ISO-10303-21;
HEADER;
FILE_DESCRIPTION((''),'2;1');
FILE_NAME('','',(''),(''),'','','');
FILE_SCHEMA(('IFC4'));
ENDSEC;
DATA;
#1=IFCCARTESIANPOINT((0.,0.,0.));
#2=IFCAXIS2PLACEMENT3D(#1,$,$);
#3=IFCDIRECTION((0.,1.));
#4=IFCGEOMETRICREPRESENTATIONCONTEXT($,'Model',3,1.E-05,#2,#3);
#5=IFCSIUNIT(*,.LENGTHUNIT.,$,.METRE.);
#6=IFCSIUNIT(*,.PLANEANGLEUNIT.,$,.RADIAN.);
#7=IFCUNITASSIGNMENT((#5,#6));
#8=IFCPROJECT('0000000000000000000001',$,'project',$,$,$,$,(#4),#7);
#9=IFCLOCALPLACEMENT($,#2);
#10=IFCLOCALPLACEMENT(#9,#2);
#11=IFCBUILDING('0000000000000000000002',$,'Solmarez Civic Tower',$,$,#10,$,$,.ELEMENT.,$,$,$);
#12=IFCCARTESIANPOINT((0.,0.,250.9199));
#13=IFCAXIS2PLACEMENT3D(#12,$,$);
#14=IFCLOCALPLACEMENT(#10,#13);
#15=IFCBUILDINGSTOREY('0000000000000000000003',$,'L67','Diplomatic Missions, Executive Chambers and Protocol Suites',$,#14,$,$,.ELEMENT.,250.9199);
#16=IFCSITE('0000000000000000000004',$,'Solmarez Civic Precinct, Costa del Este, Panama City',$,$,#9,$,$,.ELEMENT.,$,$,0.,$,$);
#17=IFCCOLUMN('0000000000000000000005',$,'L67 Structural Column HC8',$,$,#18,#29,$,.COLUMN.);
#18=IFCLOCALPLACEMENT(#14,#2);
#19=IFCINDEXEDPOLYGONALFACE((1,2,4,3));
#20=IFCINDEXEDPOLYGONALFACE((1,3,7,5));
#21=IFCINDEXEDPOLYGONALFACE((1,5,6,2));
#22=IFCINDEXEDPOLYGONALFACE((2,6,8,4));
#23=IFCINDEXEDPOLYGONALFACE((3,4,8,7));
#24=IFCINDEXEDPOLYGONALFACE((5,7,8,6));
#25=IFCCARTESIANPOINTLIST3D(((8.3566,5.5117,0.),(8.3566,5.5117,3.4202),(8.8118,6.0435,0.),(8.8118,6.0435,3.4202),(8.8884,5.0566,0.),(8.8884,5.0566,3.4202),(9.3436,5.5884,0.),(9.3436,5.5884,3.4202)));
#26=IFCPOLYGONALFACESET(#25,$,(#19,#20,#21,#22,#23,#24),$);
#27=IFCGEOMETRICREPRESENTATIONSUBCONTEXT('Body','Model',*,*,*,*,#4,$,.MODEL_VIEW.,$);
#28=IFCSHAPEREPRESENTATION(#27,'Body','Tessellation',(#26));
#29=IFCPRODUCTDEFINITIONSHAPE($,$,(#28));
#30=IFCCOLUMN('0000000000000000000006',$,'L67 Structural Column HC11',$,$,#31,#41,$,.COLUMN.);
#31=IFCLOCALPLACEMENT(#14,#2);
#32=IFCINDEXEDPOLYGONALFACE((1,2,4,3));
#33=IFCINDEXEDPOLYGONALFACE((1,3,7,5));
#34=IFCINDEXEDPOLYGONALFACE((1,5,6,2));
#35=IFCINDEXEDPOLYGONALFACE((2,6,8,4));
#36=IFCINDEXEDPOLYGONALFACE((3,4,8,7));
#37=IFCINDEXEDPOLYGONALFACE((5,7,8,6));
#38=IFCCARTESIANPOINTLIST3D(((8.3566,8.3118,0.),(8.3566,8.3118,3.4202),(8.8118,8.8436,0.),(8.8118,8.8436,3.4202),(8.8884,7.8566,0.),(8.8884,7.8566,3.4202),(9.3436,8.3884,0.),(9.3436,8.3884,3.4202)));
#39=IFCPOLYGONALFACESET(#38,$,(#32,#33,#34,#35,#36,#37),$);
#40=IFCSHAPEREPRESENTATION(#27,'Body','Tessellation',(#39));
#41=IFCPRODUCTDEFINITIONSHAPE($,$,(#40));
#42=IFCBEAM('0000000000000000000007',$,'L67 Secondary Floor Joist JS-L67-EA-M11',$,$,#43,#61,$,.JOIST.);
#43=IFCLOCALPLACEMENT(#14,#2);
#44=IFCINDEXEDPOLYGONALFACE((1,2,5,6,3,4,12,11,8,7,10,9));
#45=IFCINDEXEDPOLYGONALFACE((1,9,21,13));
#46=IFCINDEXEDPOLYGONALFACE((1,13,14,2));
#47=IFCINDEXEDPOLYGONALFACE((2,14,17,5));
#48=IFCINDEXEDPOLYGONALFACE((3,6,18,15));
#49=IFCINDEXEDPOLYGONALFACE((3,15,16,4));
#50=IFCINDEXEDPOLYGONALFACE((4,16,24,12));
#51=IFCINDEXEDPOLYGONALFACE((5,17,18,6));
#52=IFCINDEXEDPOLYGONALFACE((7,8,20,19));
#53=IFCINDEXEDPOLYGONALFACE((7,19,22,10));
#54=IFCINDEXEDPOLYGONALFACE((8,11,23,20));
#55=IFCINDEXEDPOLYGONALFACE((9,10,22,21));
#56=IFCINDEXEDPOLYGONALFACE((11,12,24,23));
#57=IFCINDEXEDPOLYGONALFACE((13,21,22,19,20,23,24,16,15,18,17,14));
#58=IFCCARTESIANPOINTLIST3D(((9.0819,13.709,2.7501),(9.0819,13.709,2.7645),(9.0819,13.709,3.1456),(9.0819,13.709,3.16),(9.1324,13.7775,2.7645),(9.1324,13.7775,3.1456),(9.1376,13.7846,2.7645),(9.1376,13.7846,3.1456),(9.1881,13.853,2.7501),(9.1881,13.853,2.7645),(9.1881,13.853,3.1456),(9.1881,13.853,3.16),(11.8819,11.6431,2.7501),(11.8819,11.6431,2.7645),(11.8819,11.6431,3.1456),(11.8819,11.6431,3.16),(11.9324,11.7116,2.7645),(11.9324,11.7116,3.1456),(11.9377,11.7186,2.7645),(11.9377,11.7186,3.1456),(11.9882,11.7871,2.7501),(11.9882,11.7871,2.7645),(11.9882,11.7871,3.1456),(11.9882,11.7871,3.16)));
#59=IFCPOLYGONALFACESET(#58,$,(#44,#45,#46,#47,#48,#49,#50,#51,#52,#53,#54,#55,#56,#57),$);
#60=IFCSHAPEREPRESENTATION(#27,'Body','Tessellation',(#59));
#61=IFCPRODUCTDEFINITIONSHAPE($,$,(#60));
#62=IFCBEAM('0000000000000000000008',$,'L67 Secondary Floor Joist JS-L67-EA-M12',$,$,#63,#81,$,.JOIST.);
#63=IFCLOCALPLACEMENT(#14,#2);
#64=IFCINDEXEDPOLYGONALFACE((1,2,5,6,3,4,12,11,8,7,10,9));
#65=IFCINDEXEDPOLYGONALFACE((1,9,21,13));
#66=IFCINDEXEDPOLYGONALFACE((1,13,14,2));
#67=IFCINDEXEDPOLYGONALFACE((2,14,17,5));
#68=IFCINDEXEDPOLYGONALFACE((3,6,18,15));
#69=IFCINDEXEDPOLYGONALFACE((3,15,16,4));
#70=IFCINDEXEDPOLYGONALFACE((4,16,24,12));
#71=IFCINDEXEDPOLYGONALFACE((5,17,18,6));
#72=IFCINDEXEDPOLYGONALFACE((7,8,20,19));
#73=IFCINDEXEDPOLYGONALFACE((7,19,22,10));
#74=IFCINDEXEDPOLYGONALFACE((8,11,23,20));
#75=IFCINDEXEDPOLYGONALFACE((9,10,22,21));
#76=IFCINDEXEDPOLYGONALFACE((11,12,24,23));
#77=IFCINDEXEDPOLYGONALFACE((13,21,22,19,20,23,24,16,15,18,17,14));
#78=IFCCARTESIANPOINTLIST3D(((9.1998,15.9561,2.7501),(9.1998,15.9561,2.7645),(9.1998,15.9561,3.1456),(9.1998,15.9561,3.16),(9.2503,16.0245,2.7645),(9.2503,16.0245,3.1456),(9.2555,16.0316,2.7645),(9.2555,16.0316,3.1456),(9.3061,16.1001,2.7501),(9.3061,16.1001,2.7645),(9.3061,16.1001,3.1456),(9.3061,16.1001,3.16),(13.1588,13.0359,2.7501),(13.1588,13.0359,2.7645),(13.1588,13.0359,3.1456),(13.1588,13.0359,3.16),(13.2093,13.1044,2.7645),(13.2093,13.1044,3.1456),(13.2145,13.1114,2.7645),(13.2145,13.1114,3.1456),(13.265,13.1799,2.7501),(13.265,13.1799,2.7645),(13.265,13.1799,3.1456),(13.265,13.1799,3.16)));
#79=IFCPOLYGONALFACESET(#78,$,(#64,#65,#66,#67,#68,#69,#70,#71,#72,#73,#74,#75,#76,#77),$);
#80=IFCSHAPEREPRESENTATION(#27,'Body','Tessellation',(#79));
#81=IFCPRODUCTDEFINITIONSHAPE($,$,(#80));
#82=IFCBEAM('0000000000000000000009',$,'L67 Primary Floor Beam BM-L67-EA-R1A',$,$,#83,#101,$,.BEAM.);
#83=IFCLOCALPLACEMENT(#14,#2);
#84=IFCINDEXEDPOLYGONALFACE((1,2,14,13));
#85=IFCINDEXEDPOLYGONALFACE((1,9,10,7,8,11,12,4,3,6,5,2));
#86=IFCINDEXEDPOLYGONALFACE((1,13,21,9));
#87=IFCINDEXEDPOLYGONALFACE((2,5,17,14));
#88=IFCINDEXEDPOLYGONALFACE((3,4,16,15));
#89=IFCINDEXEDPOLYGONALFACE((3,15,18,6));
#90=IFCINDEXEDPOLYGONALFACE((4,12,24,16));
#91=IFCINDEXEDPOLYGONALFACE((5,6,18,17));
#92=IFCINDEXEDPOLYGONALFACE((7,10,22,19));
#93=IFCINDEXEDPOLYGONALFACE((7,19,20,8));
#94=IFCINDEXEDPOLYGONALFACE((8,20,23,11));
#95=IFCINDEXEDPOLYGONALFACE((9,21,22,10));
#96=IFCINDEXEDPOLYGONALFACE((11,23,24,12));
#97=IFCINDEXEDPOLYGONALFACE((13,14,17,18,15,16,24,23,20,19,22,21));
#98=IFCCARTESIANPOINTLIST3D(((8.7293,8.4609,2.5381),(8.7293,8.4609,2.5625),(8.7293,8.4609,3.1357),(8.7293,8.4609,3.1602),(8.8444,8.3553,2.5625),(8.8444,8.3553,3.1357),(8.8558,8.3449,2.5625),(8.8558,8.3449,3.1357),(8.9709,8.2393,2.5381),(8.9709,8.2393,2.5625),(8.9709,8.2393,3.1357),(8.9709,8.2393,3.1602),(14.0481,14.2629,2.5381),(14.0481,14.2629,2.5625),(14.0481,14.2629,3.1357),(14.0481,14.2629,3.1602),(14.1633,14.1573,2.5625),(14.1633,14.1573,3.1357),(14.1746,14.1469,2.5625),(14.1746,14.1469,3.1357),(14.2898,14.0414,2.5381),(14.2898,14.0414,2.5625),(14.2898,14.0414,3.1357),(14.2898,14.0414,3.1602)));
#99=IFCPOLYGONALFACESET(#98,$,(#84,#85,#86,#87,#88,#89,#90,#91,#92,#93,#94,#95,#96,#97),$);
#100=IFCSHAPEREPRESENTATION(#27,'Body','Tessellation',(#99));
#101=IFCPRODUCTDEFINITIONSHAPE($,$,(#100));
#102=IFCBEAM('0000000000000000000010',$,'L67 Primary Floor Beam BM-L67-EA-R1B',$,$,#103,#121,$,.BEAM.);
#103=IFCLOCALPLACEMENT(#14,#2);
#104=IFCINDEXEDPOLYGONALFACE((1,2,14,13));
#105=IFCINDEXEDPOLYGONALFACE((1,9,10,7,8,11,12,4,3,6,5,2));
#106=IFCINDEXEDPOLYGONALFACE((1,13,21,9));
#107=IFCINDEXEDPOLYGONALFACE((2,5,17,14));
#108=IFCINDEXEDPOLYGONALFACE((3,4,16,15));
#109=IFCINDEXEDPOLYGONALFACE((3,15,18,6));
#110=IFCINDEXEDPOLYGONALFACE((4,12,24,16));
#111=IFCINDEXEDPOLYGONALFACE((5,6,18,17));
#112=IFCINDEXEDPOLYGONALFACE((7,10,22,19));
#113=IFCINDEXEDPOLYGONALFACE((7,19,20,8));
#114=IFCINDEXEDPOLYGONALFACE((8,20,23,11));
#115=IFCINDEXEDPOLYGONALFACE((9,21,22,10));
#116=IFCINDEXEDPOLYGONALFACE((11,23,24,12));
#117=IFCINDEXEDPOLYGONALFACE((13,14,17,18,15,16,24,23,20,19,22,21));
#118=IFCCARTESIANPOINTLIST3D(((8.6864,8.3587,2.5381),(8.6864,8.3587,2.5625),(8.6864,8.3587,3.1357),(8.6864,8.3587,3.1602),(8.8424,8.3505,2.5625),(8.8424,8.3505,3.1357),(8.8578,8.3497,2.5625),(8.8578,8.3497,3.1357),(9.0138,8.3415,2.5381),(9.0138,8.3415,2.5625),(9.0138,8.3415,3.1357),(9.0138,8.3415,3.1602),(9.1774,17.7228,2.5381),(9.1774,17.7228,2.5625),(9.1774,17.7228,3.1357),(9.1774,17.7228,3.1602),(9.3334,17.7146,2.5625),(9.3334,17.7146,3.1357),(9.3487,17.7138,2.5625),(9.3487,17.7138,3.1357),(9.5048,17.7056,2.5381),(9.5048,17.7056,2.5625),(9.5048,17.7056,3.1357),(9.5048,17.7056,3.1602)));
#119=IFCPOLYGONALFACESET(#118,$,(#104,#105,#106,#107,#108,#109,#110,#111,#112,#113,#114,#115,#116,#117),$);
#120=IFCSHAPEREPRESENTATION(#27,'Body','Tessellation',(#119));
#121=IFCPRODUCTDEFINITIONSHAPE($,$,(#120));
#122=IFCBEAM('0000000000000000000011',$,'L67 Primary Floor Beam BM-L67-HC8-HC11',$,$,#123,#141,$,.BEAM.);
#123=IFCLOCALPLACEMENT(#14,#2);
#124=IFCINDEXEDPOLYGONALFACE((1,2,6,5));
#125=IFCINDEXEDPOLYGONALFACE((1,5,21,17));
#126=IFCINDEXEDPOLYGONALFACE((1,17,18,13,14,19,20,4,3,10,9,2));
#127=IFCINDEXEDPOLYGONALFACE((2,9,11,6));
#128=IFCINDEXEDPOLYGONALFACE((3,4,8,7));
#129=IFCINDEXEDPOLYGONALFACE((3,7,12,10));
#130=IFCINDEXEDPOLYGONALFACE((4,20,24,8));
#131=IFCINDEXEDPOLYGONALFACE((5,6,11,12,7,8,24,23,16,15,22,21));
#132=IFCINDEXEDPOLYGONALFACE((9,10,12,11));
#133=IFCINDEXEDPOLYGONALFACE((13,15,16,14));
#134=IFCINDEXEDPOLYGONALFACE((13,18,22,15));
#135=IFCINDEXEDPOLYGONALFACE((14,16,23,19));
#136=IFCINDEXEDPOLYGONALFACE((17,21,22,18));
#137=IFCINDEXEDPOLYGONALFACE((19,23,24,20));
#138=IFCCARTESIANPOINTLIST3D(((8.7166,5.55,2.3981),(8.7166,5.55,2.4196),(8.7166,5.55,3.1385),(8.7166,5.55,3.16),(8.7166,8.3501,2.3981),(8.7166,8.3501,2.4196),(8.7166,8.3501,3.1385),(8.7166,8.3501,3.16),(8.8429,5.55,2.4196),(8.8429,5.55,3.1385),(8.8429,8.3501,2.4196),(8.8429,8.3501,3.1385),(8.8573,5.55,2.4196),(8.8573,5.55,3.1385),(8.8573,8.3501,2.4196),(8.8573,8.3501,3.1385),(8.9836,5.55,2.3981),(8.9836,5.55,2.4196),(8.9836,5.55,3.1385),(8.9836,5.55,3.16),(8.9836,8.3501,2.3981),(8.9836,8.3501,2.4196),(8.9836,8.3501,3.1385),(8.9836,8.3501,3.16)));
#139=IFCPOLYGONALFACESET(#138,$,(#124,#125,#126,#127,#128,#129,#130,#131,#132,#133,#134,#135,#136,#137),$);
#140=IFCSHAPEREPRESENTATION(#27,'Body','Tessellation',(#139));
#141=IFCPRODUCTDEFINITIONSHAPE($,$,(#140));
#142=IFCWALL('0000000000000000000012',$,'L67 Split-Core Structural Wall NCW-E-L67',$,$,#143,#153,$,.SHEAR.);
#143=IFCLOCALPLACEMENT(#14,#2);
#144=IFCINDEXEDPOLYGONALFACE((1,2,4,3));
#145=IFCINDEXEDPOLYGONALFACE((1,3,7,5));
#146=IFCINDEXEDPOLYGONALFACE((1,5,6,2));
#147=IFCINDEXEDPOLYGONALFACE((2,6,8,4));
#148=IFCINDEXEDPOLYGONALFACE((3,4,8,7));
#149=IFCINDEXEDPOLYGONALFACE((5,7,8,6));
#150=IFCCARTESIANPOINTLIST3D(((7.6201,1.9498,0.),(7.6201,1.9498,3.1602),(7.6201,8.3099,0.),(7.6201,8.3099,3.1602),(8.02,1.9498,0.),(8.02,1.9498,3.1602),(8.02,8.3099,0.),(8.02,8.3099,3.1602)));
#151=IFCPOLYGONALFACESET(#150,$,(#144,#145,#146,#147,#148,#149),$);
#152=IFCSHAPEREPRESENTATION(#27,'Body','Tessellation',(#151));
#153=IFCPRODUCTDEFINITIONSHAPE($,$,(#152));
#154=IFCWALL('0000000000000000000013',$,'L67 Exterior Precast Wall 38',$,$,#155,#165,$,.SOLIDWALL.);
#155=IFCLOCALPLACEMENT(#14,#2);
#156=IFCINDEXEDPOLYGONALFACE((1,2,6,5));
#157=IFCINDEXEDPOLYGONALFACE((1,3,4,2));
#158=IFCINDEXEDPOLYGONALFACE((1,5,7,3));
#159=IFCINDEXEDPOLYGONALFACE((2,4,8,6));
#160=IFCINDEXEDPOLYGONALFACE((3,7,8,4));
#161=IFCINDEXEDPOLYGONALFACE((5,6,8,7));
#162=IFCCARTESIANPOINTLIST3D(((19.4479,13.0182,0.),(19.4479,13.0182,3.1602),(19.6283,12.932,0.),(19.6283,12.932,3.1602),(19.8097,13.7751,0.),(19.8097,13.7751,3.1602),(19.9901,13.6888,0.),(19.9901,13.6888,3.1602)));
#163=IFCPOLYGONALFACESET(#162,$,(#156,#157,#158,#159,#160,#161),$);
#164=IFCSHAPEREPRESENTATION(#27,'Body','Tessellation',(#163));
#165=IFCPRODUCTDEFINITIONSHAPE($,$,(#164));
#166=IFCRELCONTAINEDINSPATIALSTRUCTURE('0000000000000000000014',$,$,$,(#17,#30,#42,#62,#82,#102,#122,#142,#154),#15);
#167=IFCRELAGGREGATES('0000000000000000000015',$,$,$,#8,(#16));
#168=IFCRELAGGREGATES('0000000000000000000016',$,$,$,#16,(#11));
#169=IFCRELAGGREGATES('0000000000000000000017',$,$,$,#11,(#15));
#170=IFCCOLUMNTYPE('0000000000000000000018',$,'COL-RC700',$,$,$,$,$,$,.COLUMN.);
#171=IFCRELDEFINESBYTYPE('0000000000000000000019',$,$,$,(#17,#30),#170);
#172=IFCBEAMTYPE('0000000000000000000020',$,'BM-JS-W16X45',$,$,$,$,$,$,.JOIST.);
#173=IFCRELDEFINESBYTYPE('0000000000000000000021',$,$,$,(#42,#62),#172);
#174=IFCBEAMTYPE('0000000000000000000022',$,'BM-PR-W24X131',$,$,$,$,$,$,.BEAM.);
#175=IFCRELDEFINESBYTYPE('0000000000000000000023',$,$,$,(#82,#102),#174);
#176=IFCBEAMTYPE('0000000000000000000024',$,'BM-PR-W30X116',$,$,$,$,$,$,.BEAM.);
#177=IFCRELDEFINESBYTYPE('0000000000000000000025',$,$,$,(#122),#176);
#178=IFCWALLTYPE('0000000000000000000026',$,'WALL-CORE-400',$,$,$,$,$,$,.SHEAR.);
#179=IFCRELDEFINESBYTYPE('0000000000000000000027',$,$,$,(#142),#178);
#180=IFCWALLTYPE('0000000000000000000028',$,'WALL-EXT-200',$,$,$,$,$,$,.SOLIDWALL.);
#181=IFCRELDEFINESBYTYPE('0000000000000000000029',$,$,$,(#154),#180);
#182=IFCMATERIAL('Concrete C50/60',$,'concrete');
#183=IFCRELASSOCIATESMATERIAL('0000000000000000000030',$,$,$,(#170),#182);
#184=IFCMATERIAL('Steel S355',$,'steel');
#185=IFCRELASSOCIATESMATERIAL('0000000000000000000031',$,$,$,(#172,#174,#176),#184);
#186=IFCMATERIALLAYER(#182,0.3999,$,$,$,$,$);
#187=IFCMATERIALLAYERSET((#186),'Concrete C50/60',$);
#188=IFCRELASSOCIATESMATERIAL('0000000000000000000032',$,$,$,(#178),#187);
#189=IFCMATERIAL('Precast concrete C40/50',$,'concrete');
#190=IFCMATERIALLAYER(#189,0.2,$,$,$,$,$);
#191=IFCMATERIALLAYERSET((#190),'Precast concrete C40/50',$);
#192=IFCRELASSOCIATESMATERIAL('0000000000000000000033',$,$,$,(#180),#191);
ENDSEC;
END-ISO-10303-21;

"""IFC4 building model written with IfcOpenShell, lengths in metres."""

from ifc_helpers import new_model, si_unit, direction, frame, frame_2d, origin, origin_2d, place, context, subcontext, project, spatial, rectangle, i_section, extrude, material, layer, layer_set, material_profile, profile_set, type_object, element, save


model = new_model("IFC4")

# Units and contexts
model_context = context("Model", 3, precision=1e-05, world=origin(), true_north=direction((0.0, 1.0)))
body_context = subcontext(model_context, "Body", "Model", "MODEL_VIEW")
ifc_project = project(units=[si_unit("LENGTHUNIT", "METRE"), si_unit("PLANEANGLEUNIT", "RADIAN")], contexts=[model_context])

# Site, building, storey
site_placement = place(None, origin())
site = spatial("IfcSite", under=ifc_project, at=site_placement, Name="Solmarez Civic Precinct, Costa del Este, Panama City", CompositionType="ELEMENT", RefElevation=0.0)
building_placement = place(site_placement, origin())
building = spatial("IfcBuilding", under=site, at=building_placement, Name="Solmarez Civic Tower", CompositionType="ELEMENT")
storey_placement = place(building_placement, frame((0.0, 0.0, 250.9199)))
storey = spatial("IfcBuildingStorey", under=building, at=storey_placement, Name="L67", Description="Diplomatic Missions, Executive Chambers and Protocol Suites", CompositionType="ELEMENT", Elevation=250.9199)

# Columns
ifc_material_1 = material(Name="Concrete C50/60", Category="concrete")
ifc_material_profile_1 = material_profile(ifc_material_1, rectangle(XDim=0.7, YDim=0.7, at=origin_2d()), Name="RC700X700")
ifc_profile_set_1 = profile_set([ifc_material_profile_1], Name="Concrete C50/60")
column_type = type_object("IfcColumnType", Name="COL-RC700", PredefinedType="COLUMN", material=ifc_profile_set_1)
for number, where, z_axis, x_axis, name in (
    (1, (8.8501, 5.55, 0.0), (0.0, 0.0, 1.0), (0.650244, 0.759725, 0.0), "L67 Structural Column HC8"),
    (2, (8.8501, 8.3501, 0.0), (0.0, 0.0, 1.0), (0.650244, 0.759725, 0.0), "L67 Structural Column HC11"),
):
    element("IfcColumn", number, at=place(storey_placement, frame(where, z_axis=z_axis, x_axis=x_axis)), inside=storey, type_object=column_type, Name=name, PredefinedType="COLUMN", context=body_context, shape_type="SweptSolid", body=[
        extrude(rectangle(XDim=0.7, YDim=0.7, at=origin_2d()), origin(), (0.0, 0.0, 1.0), 3.4202),
    ])

# Beams
ifc_material_2 = material(Name="Steel S355", Category="steel")
ifc_material_profile_2 = material_profile(ifc_material_2, i_section(OverallWidth=0.179, OverallDepth=0.4099, WebThickness=0.0088, FlangeThickness=0.0144, at=origin_2d()), Name="W16X45")
ifc_profile_set_2 = profile_set([ifc_material_profile_2], Name="Steel S355")
beam_type_1 = type_object("IfcBeamType", Name="BM-JS-W16X45", PredefinedType="JOIST", material=ifc_profile_set_2)
beam_1_placement = place(storey_placement, frame((11.9351, 11.7151, 2.9551), z_axis=(-0.804682, 0.593706, 0.0), x_axis=(-0.593706, -0.804682, 0.0)))
element("IfcBeam", 3, at=beam_1_placement, inside=storey, type_object=beam_type_1, Name="L67 Secondary Floor Joist JS-L67-EA-M11", PredefinedType="JOIST", context=body_context, shape_type="SweptSolid", body=[
    extrude(i_section(OverallWidth=0.179, OverallDepth=0.4099, WebThickness=0.0088, FlangeThickness=0.0144, at=origin_2d()), origin(), (0.0, 0.0, 1.0), 3.4797),
])
beam_2_placement = place(storey_placement, frame((13.2119, 13.1079, 2.9551), z_axis=(-0.804763, 0.593597, 0.0), x_axis=(-0.593597, -0.804763, 0.0)))
element("IfcBeam", 4, at=beam_2_placement, inside=storey, type_object=beam_type_1, Name="L67 Secondary Floor Joist JS-L67-EA-M12", PredefinedType="JOIST", context=body_context, shape_type="SweptSolid", body=[
    extrude(i_section(OverallWidth=0.179, OverallDepth=0.4099, WebThickness=0.0088, FlangeThickness=0.0144, at=origin_2d()), origin(), (0.0, 0.0, 1.0), 4.9194),
])
ifc_material_profile_3 = material_profile(ifc_material_2, i_section(OverallWidth=0.3279, OverallDepth=0.6221, WebThickness=0.0154, FlangeThickness=0.0244, at=origin_2d()), Name="W24X131")
ifc_profile_set_3 = profile_set([ifc_material_profile_3], Name="Steel S355")
beam_type_2 = type_object("IfcBeamType", Name="BM-PR-W24X131", PredefinedType="BEAM", material=ifc_profile_set_3)
beam_3_placement = place(storey_placement, frame((8.8501, 8.3501, 2.8491), z_axis=(0.675749, 0.737132, 0.0), x_axis=(-0.737132, 0.675749, 0.0)))
element("IfcBeam", 5, at=beam_3_placement, inside=storey, type_object=beam_type_2, Name="L67 Primary Floor Beam BM-L67-EA-R1A", PredefinedType="BEAM", context=body_context, shape_type="SweptSolid", body=[
    extrude(i_section(OverallWidth=0.3279, OverallDepth=0.6221, WebThickness=0.0154, FlangeThickness=0.0244, at=origin_2d()), origin(), (0.0, 0.0, 1.0), 7.8711),
])
beam_4_placement = place(storey_placement, frame((8.8501, 8.3501, 2.8491), z_axis=(0.052359, 0.998628, 0.0), x_axis=(-0.998628, 0.052359, 0.0)))
element("IfcBeam", 6, at=beam_4_placement, inside=storey, type_object=beam_type_2, Name="L67 Primary Floor Beam BM-L67-EA-R1B", PredefinedType="BEAM", context=body_context, shape_type="SweptSolid", body=[
    extrude(i_section(OverallWidth=0.3279, OverallDepth=0.6221, WebThickness=0.0154, FlangeThickness=0.0244, at=origin_2d()), origin(), (0.0, 0.0, 1.0), 9.377),
])
ifc_material_profile_4 = material_profile(ifc_material_2, i_section(OverallWidth=0.2671, OverallDepth=0.762, WebThickness=0.0144, FlangeThickness=0.0215, at=origin_2d()), Name="W30X116")
ifc_profile_set_4 = profile_set([ifc_material_profile_4], Name="Steel S355")
beam_type_3 = type_object("IfcBeamType", Name="BM-PR-W30X116", PredefinedType="BEAM", material=ifc_profile_set_4)
beam_5_placement = place(storey_placement, frame((8.8501, 5.55, 2.7791), z_axis=(0.0, 1.0, 0.0), x_axis=(-1.0, 0.0, 0.0)))
element("IfcBeam", 7, at=beam_5_placement, inside=storey, type_object=beam_type_3, Name="L67 Primary Floor Beam BM-L67-HC8-HC11", PredefinedType="BEAM", context=body_context, shape_type="SweptSolid", body=[
    extrude(i_section(OverallWidth=0.2671, OverallDepth=0.762, WebThickness=0.0144, FlangeThickness=0.0215, at=origin_2d()), origin(), (0.0, 0.0, 1.0), 2.8),
])

# Walls
ifc_layer_1 = layer(ifc_material_1, 0.3999)
ifc_layer_set_1 = layer_set([ifc_layer_1], Name="Concrete C50/60")
wall_type_1 = type_object("IfcWallType", Name="WALL-CORE-400", PredefinedType="SHEAR", material=ifc_layer_set_1)
wall_1_placement = place(storey_placement, frame((7.8201, 8.3101, 0.0), z_axis=(0.0, 0.0, 1.0), x_axis=(0.0, -1.0, 0.0)))
element("IfcWall", 8, at=wall_1_placement, inside=storey, type_object=wall_type_1, Name="L67 Split-Core Structural Wall NCW-E-L67", PredefinedType="SHEAR", context=body_context, shape_type="SweptSolid", body=[
    extrude(rectangle(XDim=6.3601, YDim=0.3999, at=frame_2d((3.1802, 0.0))), origin(), (0.0, 0.0, 1.0), 3.1602),
])
ifc_material_3 = material(Name="Precast concrete C40/50", Category="concrete")
ifc_layer_2 = layer(ifc_material_3, 0.2)
ifc_layer_set_2 = layer_set([ifc_layer_2], Name="Precast concrete C40/50")
wall_type_2 = type_object("IfcWallType", Name="WALL-EXT-200", PredefinedType="SOLIDWALL", material=ifc_layer_set_2)
wall_2_placement = place(storey_placement, frame((19.8999, 13.7319, 0.0), z_axis=(0.0, 0.0, 1.0), x_axis=(-0.431311, -0.902203, 0.0)))
element("IfcWall", 9, at=wall_2_placement, inside=storey, type_object=wall_type_2, Name="L67 Exterior Precast Wall 38", PredefinedType="SOLIDWALL", context=body_context, shape_type="SweptSolid", body=[
    extrude(rectangle(XDim=0.8389, YDim=0.2, at=frame_2d((0.4194, 0.0))), origin(), (0.0, 0.0, 1.0), 3.1602),
])

save(model, "model.ifc")
